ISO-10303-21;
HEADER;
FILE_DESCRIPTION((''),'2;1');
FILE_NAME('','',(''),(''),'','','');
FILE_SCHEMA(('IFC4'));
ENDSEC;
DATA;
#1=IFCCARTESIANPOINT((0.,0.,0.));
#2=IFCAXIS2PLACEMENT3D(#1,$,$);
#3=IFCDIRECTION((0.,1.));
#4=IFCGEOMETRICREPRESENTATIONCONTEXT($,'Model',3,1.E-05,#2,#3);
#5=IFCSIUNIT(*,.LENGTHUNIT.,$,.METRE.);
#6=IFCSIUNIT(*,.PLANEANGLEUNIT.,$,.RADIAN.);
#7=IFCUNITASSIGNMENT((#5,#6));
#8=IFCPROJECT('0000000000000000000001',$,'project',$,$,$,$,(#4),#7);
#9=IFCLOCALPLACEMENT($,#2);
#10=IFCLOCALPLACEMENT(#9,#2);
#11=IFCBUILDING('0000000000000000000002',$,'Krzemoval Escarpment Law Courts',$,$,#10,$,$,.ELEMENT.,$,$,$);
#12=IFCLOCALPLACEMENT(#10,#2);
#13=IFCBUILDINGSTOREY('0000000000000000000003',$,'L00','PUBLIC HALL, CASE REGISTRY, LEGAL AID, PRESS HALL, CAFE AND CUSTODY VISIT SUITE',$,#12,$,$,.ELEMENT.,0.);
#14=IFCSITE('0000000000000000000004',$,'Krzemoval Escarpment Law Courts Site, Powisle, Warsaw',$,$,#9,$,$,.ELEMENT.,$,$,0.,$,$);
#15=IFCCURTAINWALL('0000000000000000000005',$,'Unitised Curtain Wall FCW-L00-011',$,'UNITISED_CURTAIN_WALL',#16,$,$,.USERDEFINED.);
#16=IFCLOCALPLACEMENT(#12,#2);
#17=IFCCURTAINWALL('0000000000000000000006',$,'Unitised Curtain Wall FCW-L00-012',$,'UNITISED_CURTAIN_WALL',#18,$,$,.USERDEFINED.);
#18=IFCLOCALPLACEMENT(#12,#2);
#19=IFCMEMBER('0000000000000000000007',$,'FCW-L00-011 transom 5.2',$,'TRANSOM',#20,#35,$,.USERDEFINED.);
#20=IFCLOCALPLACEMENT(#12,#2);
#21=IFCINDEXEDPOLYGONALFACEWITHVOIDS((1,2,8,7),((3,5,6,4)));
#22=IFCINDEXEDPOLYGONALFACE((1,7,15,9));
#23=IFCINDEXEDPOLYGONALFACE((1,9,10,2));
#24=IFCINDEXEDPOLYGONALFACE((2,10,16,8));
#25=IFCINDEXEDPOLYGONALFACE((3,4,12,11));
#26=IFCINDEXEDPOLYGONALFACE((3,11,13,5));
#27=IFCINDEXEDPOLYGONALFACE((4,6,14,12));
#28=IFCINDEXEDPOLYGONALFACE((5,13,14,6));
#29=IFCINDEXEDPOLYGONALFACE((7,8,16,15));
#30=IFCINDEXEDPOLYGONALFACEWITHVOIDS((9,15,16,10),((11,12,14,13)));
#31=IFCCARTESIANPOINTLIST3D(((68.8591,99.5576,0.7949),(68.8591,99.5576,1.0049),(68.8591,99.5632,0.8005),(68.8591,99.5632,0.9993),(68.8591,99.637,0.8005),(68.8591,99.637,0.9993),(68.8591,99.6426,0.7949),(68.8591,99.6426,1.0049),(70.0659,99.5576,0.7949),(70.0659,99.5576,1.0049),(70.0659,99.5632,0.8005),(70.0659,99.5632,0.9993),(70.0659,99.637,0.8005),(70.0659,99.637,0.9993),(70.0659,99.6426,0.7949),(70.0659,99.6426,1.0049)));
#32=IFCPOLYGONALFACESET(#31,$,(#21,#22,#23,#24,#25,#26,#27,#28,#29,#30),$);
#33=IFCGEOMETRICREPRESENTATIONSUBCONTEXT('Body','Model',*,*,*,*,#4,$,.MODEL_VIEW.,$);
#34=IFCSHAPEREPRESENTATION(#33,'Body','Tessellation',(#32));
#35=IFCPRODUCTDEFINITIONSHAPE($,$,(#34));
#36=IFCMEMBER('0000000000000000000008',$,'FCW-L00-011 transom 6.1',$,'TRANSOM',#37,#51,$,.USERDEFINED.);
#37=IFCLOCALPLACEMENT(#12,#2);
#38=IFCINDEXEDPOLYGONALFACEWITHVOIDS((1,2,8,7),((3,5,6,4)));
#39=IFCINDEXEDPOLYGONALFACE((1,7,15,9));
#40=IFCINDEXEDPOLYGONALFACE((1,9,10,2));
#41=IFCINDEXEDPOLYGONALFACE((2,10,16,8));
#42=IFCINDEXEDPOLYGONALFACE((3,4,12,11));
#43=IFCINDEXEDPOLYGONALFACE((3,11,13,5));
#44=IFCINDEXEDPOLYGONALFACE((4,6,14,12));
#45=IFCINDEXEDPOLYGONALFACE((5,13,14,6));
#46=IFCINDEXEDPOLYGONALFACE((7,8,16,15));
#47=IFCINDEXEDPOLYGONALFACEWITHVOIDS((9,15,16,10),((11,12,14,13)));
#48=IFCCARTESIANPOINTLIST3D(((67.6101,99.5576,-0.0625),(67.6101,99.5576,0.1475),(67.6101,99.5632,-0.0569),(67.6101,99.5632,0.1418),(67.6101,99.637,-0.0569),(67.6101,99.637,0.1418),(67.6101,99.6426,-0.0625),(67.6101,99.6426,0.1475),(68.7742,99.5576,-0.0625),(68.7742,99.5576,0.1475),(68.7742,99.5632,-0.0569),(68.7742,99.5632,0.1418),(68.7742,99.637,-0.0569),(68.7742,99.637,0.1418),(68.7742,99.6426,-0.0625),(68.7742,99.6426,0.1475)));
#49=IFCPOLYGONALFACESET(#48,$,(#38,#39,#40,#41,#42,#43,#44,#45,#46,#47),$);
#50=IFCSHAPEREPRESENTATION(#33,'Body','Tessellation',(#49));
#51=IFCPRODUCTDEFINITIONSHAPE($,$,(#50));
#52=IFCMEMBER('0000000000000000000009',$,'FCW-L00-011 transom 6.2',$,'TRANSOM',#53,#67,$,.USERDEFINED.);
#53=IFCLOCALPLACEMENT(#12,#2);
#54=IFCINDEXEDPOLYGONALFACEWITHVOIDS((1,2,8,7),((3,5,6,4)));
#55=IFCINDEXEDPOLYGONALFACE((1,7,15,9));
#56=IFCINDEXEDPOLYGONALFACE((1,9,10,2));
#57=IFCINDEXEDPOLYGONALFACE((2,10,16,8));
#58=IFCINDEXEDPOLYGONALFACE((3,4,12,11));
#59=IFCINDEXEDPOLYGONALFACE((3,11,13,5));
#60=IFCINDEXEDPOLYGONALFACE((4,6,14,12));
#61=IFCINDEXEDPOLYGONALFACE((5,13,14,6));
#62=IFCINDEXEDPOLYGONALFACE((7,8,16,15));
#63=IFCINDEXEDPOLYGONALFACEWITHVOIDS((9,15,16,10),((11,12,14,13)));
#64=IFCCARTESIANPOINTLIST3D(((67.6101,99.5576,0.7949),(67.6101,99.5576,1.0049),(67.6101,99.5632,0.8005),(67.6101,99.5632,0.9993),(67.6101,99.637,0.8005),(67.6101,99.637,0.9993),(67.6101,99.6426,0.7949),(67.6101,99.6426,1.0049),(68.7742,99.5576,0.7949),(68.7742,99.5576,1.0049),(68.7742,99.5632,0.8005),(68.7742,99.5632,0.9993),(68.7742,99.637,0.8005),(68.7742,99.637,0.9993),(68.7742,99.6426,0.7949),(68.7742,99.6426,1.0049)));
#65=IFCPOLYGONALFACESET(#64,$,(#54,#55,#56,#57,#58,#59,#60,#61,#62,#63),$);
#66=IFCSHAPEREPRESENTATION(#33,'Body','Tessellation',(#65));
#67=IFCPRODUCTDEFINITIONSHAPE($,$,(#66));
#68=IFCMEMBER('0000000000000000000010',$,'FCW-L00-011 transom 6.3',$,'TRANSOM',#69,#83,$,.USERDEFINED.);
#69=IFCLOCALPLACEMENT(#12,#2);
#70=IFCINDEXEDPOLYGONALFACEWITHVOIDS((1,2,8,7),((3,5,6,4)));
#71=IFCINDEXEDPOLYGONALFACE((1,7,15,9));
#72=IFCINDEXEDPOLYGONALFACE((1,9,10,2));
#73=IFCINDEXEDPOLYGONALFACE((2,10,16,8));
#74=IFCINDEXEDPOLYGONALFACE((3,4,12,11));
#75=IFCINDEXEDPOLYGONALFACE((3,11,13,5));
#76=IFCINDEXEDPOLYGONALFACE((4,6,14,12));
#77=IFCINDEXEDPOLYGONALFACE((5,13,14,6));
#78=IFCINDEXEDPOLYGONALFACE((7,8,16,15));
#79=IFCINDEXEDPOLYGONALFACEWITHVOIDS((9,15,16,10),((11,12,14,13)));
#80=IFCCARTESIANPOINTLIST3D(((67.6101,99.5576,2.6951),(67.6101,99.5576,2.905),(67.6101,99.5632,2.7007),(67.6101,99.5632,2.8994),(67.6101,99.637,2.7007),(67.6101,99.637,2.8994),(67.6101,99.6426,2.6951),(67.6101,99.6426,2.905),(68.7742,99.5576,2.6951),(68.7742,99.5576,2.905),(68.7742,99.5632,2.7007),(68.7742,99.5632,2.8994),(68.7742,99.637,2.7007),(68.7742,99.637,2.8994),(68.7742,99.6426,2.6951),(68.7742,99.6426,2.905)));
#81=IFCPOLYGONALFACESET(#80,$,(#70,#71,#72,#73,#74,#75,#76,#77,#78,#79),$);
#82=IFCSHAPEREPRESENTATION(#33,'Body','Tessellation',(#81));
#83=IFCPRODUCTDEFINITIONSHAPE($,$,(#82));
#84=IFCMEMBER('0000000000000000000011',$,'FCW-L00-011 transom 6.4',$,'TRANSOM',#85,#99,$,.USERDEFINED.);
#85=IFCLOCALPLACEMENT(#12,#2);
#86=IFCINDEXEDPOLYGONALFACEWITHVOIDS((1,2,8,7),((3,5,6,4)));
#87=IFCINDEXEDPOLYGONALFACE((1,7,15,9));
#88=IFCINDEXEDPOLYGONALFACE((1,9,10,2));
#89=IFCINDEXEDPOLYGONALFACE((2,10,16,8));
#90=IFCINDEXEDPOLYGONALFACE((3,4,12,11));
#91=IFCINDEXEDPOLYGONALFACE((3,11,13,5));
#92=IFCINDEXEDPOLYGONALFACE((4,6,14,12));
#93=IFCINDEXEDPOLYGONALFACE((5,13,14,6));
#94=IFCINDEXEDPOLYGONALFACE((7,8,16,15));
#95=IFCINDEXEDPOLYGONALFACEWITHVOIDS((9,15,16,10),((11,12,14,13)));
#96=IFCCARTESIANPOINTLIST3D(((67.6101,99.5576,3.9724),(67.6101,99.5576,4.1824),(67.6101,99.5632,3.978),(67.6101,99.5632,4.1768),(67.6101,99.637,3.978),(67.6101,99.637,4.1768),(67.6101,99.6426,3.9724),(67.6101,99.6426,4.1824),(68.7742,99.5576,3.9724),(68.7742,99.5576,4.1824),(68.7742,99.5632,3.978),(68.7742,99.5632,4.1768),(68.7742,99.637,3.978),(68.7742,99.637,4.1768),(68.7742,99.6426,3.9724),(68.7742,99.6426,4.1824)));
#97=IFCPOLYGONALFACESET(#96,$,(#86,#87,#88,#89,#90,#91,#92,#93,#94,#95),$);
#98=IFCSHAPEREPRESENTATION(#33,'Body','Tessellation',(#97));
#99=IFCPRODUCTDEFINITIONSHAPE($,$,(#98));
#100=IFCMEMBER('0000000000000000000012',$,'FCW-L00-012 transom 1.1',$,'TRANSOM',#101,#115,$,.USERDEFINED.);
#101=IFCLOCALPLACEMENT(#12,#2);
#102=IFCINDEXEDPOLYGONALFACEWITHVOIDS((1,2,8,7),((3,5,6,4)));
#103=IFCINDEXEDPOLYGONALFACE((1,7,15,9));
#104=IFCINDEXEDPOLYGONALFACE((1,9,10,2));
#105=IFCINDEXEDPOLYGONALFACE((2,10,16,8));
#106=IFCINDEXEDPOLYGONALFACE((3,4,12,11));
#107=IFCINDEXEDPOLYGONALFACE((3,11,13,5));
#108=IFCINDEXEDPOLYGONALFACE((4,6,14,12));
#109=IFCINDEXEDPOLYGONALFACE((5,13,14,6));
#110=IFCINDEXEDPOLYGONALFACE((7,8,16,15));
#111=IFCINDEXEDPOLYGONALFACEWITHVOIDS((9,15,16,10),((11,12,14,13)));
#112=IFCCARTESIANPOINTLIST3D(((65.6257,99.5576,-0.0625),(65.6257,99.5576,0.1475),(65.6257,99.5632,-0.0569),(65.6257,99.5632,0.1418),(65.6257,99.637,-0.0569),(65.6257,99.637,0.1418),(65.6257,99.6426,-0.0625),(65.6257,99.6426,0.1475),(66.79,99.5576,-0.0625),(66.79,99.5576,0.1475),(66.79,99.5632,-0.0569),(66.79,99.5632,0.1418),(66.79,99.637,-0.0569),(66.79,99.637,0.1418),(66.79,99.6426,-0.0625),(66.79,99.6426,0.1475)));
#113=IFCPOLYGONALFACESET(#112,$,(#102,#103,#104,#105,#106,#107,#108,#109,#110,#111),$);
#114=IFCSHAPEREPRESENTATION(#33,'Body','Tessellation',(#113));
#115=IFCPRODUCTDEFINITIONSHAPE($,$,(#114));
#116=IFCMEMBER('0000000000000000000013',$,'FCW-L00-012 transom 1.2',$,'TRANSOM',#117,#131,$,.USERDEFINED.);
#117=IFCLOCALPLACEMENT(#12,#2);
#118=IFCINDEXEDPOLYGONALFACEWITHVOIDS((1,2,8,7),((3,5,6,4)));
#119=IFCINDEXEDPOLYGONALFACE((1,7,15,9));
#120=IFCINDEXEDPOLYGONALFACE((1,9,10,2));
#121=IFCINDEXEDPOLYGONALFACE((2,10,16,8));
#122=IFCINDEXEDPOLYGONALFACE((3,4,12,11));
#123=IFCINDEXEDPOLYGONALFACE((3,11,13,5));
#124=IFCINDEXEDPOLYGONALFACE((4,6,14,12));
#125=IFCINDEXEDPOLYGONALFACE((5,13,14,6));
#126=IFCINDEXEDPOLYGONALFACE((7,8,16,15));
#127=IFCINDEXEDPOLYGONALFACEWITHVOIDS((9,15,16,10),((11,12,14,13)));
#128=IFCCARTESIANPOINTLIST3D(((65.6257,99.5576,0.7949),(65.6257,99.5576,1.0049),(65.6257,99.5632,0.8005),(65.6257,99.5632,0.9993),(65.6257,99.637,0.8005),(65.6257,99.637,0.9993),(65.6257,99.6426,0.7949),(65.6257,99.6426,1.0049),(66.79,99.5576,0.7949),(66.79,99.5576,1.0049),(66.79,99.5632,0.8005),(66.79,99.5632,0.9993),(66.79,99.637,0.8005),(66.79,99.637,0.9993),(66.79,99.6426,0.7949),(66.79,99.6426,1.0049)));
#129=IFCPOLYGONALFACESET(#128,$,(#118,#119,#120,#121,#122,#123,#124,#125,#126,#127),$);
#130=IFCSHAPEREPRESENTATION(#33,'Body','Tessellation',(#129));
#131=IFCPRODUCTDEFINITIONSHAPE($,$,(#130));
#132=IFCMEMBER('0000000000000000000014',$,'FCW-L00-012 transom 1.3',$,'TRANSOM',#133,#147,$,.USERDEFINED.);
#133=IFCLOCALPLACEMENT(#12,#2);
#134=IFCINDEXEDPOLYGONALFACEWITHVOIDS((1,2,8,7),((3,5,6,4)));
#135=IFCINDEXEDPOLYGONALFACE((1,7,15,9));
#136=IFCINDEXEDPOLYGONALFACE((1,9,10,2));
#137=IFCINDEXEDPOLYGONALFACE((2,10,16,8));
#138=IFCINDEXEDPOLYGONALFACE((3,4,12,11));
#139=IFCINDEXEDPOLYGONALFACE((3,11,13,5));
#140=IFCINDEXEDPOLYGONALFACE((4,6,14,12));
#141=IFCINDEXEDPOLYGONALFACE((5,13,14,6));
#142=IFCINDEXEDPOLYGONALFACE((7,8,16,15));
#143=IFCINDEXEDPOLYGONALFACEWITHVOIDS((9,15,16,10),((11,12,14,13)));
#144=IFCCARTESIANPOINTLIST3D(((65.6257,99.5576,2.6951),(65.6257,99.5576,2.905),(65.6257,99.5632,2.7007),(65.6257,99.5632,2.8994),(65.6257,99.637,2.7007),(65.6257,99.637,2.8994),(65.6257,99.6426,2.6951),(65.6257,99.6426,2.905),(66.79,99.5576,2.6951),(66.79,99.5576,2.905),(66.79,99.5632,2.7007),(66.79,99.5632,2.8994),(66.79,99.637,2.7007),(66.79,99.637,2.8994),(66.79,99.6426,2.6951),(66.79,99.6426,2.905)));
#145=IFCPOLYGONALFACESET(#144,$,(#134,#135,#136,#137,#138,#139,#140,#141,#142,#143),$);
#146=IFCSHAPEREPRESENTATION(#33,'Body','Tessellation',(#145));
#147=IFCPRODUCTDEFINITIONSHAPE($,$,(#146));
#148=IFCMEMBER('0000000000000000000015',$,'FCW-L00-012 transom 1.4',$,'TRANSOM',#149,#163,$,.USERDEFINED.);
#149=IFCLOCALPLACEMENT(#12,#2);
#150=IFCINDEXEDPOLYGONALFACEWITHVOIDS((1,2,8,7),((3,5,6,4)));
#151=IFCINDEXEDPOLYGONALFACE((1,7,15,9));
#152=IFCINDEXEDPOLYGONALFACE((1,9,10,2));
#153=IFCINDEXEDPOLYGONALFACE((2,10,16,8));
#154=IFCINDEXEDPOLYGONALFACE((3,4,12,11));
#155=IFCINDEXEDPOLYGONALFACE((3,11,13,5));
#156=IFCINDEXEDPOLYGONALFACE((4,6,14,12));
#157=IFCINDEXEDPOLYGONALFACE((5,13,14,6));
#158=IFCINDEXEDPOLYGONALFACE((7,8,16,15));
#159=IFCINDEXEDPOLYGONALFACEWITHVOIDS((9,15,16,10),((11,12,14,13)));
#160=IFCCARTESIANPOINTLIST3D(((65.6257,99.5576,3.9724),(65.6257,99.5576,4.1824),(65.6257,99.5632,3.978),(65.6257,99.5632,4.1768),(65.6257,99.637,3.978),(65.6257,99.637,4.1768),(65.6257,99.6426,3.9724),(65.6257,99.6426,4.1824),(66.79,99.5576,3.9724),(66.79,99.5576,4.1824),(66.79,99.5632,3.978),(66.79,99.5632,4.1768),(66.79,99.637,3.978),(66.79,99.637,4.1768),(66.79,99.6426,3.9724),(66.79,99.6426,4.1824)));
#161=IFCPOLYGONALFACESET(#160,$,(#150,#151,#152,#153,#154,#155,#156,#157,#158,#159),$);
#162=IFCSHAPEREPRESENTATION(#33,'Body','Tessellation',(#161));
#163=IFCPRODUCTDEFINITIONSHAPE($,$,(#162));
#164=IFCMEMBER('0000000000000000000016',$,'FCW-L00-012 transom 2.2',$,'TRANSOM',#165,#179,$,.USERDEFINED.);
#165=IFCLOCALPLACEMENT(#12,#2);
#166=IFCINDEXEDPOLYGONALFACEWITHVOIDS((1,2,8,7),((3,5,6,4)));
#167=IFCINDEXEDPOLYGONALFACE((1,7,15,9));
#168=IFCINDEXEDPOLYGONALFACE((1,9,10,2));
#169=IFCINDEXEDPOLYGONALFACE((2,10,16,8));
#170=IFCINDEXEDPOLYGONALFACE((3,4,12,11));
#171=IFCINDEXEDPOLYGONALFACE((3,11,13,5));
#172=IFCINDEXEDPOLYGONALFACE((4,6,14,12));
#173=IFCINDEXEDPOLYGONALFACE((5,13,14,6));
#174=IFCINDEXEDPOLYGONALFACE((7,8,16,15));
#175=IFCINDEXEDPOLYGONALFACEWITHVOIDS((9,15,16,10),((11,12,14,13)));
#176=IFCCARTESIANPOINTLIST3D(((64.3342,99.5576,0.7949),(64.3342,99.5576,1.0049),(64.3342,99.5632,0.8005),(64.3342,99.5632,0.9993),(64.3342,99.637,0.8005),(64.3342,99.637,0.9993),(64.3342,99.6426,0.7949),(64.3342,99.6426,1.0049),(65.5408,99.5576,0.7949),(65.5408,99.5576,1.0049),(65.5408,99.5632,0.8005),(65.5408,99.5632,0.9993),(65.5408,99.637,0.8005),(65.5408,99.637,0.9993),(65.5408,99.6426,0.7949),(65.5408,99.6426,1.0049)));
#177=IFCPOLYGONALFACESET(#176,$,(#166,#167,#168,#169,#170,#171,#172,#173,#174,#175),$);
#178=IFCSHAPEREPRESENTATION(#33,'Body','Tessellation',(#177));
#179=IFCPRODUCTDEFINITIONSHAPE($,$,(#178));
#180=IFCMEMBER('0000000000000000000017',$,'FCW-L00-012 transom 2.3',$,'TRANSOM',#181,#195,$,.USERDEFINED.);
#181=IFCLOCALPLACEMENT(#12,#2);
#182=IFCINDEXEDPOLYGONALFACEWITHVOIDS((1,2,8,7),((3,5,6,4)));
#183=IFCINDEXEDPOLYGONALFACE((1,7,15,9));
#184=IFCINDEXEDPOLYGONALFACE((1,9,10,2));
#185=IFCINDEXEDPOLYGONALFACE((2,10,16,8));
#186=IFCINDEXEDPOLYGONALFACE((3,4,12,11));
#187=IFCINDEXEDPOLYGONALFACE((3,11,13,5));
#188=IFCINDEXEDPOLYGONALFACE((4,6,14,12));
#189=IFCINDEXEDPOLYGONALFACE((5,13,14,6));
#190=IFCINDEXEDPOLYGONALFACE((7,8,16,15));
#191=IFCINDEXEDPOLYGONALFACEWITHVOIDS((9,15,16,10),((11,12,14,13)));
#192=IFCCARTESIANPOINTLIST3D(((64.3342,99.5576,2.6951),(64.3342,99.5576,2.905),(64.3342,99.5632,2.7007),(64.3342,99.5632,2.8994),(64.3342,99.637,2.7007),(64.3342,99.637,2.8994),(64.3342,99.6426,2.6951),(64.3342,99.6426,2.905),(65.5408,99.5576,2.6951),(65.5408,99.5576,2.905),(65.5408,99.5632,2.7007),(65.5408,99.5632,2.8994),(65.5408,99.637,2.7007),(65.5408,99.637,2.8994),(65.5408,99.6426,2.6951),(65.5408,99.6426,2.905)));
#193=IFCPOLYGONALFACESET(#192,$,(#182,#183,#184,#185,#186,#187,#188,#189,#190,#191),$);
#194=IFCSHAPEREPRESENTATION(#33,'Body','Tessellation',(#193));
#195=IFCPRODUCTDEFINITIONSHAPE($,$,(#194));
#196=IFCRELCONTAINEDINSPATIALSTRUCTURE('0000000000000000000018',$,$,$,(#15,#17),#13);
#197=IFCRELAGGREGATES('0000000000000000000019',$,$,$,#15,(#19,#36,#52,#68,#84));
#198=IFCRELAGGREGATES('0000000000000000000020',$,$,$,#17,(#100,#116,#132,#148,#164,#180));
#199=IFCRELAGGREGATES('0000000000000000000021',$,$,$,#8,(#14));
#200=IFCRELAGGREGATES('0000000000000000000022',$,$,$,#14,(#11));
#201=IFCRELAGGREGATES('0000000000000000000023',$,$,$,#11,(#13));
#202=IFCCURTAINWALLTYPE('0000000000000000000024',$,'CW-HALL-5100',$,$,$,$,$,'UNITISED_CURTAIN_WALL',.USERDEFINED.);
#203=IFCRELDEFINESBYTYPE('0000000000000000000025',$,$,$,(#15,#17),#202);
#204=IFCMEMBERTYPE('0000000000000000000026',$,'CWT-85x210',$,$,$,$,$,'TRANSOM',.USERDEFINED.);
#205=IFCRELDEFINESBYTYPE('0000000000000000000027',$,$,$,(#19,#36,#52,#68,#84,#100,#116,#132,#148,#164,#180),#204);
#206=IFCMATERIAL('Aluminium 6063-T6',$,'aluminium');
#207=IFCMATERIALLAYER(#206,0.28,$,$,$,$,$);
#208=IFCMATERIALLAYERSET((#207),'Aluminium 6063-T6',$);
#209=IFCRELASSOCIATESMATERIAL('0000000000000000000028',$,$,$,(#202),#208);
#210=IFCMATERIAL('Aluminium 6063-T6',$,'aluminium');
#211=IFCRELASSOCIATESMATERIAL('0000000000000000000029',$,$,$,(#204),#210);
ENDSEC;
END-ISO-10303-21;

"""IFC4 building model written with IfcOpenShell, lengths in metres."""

from ifc_helpers import new_model, si_unit, direction, frame, origin, origin_2d, place, context, subcontext, project, spatial, hollow_rectangle, extrude, material, layer, layer_set, material_profile, profile_set, type_object, element, aggregate, save


model = new_model("IFC4")

# Units and contexts
model_context = context("Model", 3, precision=1e-05, world=origin(), true_north=direction((0.0, 1.0)))
body_context = subcontext(model_context, "Body", "Model", "MODEL_VIEW")
ifc_project = project(units=[si_unit("LENGTHUNIT", "METRE"), si_unit("PLANEANGLEUNIT", "RADIAN")], contexts=[model_context])

# Site, building, storey
site_placement = place(None, origin())
site = spatial("IfcSite", under=ifc_project, at=site_placement, Name="Krzemoval Escarpment Law Courts Site, Powisle, Warsaw", CompositionType="ELEMENT", RefElevation=0.0)
building_placement = place(site_placement, origin())
building = spatial("IfcBuilding", under=site, at=building_placement, Name="Krzemoval Escarpment Law Courts", CompositionType="ELEMENT")
storey_placement = place(building_placement, origin())
storey = spatial("IfcBuildingStorey", under=building, at=storey_placement, Name="L00", Description="PUBLIC HALL, CASE REGISTRY, LEGAL AID, PRESS HALL, CAFE AND CUSTODY VISIT SUITE", CompositionType="ELEMENT", Elevation=0.0)

# Curtain walls
ifc_material_1 = material(Name="Aluminium 6063-T6", Category="aluminium")
ifc_layer_1 = layer(ifc_material_1, 0.28)
ifc_layer_set_1 = layer_set([ifc_layer_1], Name="Aluminium 6063-T6")
curtain_wall_type = type_object("IfcCurtainWallType", Name="CW-HALL-5100", ElementType="UNITISED_CURTAIN_WALL", PredefinedType="USERDEFINED", material=ifc_layer_set_1)
curtain_wall_1_placement = place(storey_placement, origin())
curtain_wall_1 = element("IfcCurtainWall", 1, at=curtain_wall_1_placement, inside=storey, type_object=curtain_wall_type, Name="Unitised Curtain Wall FCW-L00-011", ObjectType="UNITISED_CURTAIN_WALL", PredefinedType="USERDEFINED")
curtain_wall_2_placement = place(storey_placement, origin())
curtain_wall_2 = element("IfcCurtainWall", 2, at=curtain_wall_2_placement, inside=storey, type_object=curtain_wall_type, Name="Unitised Curtain Wall FCW-L00-012", ObjectType="UNITISED_CURTAIN_WALL", PredefinedType="USERDEFINED")

# Members
ifc_material_2 = material(Name="Aluminium 6063-T6", Category="aluminium")
ifc_material_profile_1 = material_profile(ifc_material_2, hollow_rectangle(XDim=0.085, YDim=0.21, WallThickness=0.0056, at=origin_2d()), Name="ALU T85x210")
ifc_profile_set_1 = profile_set([ifc_material_profile_1], Name="Aluminium 6063-T6")
member_type_1 = type_object("IfcMemberType", Name="CWT-85x210", ElementType="TRANSOM", PredefinedType="USERDEFINED", material=ifc_profile_set_1)
member_1_placement = place(storey_placement, frame((70.0659, 99.6001, 0.8999), z_axis=(-1.0, 0.0, 0.0), x_axis=(0.0, -1.0, 0.0)))
member_1 = element("IfcMember", 3, at=member_1_placement, type_object=member_type_1, Name="FCW-L00-011 transom 5.2", ObjectType="TRANSOM", PredefinedType="USERDEFINED", context=body_context, shape_type="SweptSolid", body=[
    extrude(hollow_rectangle(XDim=0.085, YDim=0.21, WallThickness=0.0056, at=origin_2d()), origin(), (0.0, 0.0, 1.0), 1.2068),
])
member_2_placement = place(storey_placement, frame((68.7742, 99.6001, 0.0425), z_axis=(-1.0, 0.0, 0.0), x_axis=(0.0, -1.0, 0.0)))
member_2 = element("IfcMember", 4, at=member_2_placement, type_object=member_type_1, Name="FCW-L00-011 transom 6.1", ObjectType="TRANSOM", PredefinedType="USERDEFINED", context=body_context, shape_type="SweptSolid", body=[
    extrude(hollow_rectangle(XDim=0.085, YDim=0.21, WallThickness=0.0056, at=origin_2d()), origin(), (0.0, 0.0, 1.0), 1.1641),
])
member_3_placement = place(storey_placement, frame((68.7742, 99.6001, 0.8999), z_axis=(-1.0, 0.0, 0.0), x_axis=(0.0, -1.0, 0.0)))
member_3 = element("IfcMember", 5, at=member_3_placement, type_object=member_type_1, Name="FCW-L00-011 transom 6.2", ObjectType="TRANSOM", PredefinedType="USERDEFINED", context=body_context, shape_type="SweptSolid", body=[
    extrude(hollow_rectangle(XDim=0.085, YDim=0.21, WallThickness=0.0056, at=origin_2d()), origin(), (0.0, 0.0, 1.0), 1.1641),
])
member_4_placement = place(storey_placement, frame((68.7742, 99.6001, 2.8), z_axis=(-1.0, 0.0, 0.0), x_axis=(0.0, -1.0, 0.0)))
member_4 = element("IfcMember", 6, at=member_4_placement, type_object=member_type_1, Name="FCW-L00-011 transom 6.3", ObjectType="TRANSOM", PredefinedType="USERDEFINED", context=body_context, shape_type="SweptSolid", body=[
    extrude(hollow_rectangle(XDim=0.085, YDim=0.21, WallThickness=0.0056, at=origin_2d()), origin(), (0.0, 0.0, 1.0), 1.1641),
])
member_5_placement = place(storey_placement, frame((68.7742, 99.6001, 4.0774), z_axis=(-1.0, 0.0, 0.0), x_axis=(0.0, -1.0, 0.0)))
member_5 = element("IfcMember", 7, at=member_5_placement, type_object=member_type_1, Name="FCW-L00-011 transom 6.4", ObjectType="TRANSOM", PredefinedType="USERDEFINED", context=body_context, shape_type="SweptSolid", body=[
    extrude(hollow_rectangle(XDim=0.085, YDim=0.21, WallThickness=0.0056, at=origin_2d()), origin(), (0.0, 0.0, 1.0), 1.1641),
])
member_6_placement = place(storey_placement, frame((66.79, 99.6001, 0.0425), z_axis=(-1.0, 0.0, 0.0), x_axis=(0.0, -1.0, 0.0)))
member_6 = element("IfcMember", 8, at=member_6_placement, type_object=member_type_1, Name="FCW-L00-012 transom 1.1", ObjectType="TRANSOM", PredefinedType="USERDEFINED", context=body_context, shape_type="SweptSolid", body=[
    extrude(hollow_rectangle(XDim=0.085, YDim=0.21, WallThickness=0.0056, at=origin_2d()), origin(), (0.0, 0.0, 1.0), 1.1643),
])
member_7_placement = place(storey_placement, frame((66.79, 99.6001, 0.8999), z_axis=(-1.0, 0.0, 0.0), x_axis=(0.0, -1.0, 0.0)))
member_7 = element("IfcMember", 9, at=member_7_placement, type_object=member_type_1, Name="FCW-L00-012 transom 1.2", ObjectType="TRANSOM", PredefinedType="USERDEFINED", context=body_context, shape_type="SweptSolid", body=[
    extrude(hollow_rectangle(XDim=0.085, YDim=0.21, WallThickness=0.0056, at=origin_2d()), origin(), (0.0, 0.0, 1.0), 1.1643),
])
member_8_placement = place(storey_placement, frame((66.79, 99.6001, 2.8), z_axis=(-1.0, 0.0, 0.0), x_axis=(0.0, -1.0, 0.0)))
member_8 = element("IfcMember", 10, at=member_8_placement, type_object=member_type_1, Name="FCW-L00-012 transom 1.3", ObjectType="TRANSOM", PredefinedType="USERDEFINED", context=body_context, shape_type="SweptSolid", body=[
    extrude(hollow_rectangle(XDim=0.085, YDim=0.21, WallThickness=0.0056, at=origin_2d()), origin(), (0.0, 0.0, 1.0), 1.1643),
])
member_9_placement = place(storey_placement, frame((66.79, 99.6001, 4.0774), z_axis=(-1.0, 0.0, 0.0), x_axis=(0.0, -1.0, 0.0)))
member_9 = element("IfcMember", 11, at=member_9_placement, type_object=member_type_1, Name="FCW-L00-012 transom 1.4", ObjectType="TRANSOM", PredefinedType="USERDEFINED", context=body_context, shape_type="SweptSolid", body=[
    extrude(hollow_rectangle(XDim=0.085, YDim=0.21, WallThickness=0.0056, at=origin_2d()), origin(), (0.0, 0.0, 1.0), 1.1643),
])
member_10_placement = place(storey_placement, frame((65.5408, 99.6001, 0.8999), z_axis=(-1.0, 0.0, 0.0), x_axis=(0.0, -1.0, 0.0)))
member_10 = element("IfcMember", 12, at=member_10_placement, type_object=member_type_1, Name="FCW-L00-012 transom 2.2", ObjectType="TRANSOM", PredefinedType="USERDEFINED", context=body_context, shape_type="SweptSolid", body=[
    extrude(hollow_rectangle(XDim=0.085, YDim=0.21, WallThickness=0.0056, at=origin_2d()), origin(), (0.0, 0.0, 1.0), 1.2065),
])
member_11_placement = place(storey_placement, frame((65.5408, 99.6001, 2.8), z_axis=(-1.0, 0.0, 0.0), x_axis=(0.0, -1.0, 0.0)))
member_11 = element("IfcMember", 13, at=member_11_placement, type_object=member_type_1, Name="FCW-L00-012 transom 2.3", ObjectType="TRANSOM", PredefinedType="USERDEFINED", context=body_context, shape_type="SweptSolid", body=[
    extrude(hollow_rectangle(XDim=0.085, YDim=0.21, WallThickness=0.0056, at=origin_2d()), origin(), (0.0, 0.0, 1.0), 1.2065),
])

aggregate(curtain_wall_1, [member_1, member_2, member_3, member_4, member_5])
aggregate(curtain_wall_2, [member_6, member_7, member_8, member_9, member_10, member_11])

save(model, "model.ifc")
